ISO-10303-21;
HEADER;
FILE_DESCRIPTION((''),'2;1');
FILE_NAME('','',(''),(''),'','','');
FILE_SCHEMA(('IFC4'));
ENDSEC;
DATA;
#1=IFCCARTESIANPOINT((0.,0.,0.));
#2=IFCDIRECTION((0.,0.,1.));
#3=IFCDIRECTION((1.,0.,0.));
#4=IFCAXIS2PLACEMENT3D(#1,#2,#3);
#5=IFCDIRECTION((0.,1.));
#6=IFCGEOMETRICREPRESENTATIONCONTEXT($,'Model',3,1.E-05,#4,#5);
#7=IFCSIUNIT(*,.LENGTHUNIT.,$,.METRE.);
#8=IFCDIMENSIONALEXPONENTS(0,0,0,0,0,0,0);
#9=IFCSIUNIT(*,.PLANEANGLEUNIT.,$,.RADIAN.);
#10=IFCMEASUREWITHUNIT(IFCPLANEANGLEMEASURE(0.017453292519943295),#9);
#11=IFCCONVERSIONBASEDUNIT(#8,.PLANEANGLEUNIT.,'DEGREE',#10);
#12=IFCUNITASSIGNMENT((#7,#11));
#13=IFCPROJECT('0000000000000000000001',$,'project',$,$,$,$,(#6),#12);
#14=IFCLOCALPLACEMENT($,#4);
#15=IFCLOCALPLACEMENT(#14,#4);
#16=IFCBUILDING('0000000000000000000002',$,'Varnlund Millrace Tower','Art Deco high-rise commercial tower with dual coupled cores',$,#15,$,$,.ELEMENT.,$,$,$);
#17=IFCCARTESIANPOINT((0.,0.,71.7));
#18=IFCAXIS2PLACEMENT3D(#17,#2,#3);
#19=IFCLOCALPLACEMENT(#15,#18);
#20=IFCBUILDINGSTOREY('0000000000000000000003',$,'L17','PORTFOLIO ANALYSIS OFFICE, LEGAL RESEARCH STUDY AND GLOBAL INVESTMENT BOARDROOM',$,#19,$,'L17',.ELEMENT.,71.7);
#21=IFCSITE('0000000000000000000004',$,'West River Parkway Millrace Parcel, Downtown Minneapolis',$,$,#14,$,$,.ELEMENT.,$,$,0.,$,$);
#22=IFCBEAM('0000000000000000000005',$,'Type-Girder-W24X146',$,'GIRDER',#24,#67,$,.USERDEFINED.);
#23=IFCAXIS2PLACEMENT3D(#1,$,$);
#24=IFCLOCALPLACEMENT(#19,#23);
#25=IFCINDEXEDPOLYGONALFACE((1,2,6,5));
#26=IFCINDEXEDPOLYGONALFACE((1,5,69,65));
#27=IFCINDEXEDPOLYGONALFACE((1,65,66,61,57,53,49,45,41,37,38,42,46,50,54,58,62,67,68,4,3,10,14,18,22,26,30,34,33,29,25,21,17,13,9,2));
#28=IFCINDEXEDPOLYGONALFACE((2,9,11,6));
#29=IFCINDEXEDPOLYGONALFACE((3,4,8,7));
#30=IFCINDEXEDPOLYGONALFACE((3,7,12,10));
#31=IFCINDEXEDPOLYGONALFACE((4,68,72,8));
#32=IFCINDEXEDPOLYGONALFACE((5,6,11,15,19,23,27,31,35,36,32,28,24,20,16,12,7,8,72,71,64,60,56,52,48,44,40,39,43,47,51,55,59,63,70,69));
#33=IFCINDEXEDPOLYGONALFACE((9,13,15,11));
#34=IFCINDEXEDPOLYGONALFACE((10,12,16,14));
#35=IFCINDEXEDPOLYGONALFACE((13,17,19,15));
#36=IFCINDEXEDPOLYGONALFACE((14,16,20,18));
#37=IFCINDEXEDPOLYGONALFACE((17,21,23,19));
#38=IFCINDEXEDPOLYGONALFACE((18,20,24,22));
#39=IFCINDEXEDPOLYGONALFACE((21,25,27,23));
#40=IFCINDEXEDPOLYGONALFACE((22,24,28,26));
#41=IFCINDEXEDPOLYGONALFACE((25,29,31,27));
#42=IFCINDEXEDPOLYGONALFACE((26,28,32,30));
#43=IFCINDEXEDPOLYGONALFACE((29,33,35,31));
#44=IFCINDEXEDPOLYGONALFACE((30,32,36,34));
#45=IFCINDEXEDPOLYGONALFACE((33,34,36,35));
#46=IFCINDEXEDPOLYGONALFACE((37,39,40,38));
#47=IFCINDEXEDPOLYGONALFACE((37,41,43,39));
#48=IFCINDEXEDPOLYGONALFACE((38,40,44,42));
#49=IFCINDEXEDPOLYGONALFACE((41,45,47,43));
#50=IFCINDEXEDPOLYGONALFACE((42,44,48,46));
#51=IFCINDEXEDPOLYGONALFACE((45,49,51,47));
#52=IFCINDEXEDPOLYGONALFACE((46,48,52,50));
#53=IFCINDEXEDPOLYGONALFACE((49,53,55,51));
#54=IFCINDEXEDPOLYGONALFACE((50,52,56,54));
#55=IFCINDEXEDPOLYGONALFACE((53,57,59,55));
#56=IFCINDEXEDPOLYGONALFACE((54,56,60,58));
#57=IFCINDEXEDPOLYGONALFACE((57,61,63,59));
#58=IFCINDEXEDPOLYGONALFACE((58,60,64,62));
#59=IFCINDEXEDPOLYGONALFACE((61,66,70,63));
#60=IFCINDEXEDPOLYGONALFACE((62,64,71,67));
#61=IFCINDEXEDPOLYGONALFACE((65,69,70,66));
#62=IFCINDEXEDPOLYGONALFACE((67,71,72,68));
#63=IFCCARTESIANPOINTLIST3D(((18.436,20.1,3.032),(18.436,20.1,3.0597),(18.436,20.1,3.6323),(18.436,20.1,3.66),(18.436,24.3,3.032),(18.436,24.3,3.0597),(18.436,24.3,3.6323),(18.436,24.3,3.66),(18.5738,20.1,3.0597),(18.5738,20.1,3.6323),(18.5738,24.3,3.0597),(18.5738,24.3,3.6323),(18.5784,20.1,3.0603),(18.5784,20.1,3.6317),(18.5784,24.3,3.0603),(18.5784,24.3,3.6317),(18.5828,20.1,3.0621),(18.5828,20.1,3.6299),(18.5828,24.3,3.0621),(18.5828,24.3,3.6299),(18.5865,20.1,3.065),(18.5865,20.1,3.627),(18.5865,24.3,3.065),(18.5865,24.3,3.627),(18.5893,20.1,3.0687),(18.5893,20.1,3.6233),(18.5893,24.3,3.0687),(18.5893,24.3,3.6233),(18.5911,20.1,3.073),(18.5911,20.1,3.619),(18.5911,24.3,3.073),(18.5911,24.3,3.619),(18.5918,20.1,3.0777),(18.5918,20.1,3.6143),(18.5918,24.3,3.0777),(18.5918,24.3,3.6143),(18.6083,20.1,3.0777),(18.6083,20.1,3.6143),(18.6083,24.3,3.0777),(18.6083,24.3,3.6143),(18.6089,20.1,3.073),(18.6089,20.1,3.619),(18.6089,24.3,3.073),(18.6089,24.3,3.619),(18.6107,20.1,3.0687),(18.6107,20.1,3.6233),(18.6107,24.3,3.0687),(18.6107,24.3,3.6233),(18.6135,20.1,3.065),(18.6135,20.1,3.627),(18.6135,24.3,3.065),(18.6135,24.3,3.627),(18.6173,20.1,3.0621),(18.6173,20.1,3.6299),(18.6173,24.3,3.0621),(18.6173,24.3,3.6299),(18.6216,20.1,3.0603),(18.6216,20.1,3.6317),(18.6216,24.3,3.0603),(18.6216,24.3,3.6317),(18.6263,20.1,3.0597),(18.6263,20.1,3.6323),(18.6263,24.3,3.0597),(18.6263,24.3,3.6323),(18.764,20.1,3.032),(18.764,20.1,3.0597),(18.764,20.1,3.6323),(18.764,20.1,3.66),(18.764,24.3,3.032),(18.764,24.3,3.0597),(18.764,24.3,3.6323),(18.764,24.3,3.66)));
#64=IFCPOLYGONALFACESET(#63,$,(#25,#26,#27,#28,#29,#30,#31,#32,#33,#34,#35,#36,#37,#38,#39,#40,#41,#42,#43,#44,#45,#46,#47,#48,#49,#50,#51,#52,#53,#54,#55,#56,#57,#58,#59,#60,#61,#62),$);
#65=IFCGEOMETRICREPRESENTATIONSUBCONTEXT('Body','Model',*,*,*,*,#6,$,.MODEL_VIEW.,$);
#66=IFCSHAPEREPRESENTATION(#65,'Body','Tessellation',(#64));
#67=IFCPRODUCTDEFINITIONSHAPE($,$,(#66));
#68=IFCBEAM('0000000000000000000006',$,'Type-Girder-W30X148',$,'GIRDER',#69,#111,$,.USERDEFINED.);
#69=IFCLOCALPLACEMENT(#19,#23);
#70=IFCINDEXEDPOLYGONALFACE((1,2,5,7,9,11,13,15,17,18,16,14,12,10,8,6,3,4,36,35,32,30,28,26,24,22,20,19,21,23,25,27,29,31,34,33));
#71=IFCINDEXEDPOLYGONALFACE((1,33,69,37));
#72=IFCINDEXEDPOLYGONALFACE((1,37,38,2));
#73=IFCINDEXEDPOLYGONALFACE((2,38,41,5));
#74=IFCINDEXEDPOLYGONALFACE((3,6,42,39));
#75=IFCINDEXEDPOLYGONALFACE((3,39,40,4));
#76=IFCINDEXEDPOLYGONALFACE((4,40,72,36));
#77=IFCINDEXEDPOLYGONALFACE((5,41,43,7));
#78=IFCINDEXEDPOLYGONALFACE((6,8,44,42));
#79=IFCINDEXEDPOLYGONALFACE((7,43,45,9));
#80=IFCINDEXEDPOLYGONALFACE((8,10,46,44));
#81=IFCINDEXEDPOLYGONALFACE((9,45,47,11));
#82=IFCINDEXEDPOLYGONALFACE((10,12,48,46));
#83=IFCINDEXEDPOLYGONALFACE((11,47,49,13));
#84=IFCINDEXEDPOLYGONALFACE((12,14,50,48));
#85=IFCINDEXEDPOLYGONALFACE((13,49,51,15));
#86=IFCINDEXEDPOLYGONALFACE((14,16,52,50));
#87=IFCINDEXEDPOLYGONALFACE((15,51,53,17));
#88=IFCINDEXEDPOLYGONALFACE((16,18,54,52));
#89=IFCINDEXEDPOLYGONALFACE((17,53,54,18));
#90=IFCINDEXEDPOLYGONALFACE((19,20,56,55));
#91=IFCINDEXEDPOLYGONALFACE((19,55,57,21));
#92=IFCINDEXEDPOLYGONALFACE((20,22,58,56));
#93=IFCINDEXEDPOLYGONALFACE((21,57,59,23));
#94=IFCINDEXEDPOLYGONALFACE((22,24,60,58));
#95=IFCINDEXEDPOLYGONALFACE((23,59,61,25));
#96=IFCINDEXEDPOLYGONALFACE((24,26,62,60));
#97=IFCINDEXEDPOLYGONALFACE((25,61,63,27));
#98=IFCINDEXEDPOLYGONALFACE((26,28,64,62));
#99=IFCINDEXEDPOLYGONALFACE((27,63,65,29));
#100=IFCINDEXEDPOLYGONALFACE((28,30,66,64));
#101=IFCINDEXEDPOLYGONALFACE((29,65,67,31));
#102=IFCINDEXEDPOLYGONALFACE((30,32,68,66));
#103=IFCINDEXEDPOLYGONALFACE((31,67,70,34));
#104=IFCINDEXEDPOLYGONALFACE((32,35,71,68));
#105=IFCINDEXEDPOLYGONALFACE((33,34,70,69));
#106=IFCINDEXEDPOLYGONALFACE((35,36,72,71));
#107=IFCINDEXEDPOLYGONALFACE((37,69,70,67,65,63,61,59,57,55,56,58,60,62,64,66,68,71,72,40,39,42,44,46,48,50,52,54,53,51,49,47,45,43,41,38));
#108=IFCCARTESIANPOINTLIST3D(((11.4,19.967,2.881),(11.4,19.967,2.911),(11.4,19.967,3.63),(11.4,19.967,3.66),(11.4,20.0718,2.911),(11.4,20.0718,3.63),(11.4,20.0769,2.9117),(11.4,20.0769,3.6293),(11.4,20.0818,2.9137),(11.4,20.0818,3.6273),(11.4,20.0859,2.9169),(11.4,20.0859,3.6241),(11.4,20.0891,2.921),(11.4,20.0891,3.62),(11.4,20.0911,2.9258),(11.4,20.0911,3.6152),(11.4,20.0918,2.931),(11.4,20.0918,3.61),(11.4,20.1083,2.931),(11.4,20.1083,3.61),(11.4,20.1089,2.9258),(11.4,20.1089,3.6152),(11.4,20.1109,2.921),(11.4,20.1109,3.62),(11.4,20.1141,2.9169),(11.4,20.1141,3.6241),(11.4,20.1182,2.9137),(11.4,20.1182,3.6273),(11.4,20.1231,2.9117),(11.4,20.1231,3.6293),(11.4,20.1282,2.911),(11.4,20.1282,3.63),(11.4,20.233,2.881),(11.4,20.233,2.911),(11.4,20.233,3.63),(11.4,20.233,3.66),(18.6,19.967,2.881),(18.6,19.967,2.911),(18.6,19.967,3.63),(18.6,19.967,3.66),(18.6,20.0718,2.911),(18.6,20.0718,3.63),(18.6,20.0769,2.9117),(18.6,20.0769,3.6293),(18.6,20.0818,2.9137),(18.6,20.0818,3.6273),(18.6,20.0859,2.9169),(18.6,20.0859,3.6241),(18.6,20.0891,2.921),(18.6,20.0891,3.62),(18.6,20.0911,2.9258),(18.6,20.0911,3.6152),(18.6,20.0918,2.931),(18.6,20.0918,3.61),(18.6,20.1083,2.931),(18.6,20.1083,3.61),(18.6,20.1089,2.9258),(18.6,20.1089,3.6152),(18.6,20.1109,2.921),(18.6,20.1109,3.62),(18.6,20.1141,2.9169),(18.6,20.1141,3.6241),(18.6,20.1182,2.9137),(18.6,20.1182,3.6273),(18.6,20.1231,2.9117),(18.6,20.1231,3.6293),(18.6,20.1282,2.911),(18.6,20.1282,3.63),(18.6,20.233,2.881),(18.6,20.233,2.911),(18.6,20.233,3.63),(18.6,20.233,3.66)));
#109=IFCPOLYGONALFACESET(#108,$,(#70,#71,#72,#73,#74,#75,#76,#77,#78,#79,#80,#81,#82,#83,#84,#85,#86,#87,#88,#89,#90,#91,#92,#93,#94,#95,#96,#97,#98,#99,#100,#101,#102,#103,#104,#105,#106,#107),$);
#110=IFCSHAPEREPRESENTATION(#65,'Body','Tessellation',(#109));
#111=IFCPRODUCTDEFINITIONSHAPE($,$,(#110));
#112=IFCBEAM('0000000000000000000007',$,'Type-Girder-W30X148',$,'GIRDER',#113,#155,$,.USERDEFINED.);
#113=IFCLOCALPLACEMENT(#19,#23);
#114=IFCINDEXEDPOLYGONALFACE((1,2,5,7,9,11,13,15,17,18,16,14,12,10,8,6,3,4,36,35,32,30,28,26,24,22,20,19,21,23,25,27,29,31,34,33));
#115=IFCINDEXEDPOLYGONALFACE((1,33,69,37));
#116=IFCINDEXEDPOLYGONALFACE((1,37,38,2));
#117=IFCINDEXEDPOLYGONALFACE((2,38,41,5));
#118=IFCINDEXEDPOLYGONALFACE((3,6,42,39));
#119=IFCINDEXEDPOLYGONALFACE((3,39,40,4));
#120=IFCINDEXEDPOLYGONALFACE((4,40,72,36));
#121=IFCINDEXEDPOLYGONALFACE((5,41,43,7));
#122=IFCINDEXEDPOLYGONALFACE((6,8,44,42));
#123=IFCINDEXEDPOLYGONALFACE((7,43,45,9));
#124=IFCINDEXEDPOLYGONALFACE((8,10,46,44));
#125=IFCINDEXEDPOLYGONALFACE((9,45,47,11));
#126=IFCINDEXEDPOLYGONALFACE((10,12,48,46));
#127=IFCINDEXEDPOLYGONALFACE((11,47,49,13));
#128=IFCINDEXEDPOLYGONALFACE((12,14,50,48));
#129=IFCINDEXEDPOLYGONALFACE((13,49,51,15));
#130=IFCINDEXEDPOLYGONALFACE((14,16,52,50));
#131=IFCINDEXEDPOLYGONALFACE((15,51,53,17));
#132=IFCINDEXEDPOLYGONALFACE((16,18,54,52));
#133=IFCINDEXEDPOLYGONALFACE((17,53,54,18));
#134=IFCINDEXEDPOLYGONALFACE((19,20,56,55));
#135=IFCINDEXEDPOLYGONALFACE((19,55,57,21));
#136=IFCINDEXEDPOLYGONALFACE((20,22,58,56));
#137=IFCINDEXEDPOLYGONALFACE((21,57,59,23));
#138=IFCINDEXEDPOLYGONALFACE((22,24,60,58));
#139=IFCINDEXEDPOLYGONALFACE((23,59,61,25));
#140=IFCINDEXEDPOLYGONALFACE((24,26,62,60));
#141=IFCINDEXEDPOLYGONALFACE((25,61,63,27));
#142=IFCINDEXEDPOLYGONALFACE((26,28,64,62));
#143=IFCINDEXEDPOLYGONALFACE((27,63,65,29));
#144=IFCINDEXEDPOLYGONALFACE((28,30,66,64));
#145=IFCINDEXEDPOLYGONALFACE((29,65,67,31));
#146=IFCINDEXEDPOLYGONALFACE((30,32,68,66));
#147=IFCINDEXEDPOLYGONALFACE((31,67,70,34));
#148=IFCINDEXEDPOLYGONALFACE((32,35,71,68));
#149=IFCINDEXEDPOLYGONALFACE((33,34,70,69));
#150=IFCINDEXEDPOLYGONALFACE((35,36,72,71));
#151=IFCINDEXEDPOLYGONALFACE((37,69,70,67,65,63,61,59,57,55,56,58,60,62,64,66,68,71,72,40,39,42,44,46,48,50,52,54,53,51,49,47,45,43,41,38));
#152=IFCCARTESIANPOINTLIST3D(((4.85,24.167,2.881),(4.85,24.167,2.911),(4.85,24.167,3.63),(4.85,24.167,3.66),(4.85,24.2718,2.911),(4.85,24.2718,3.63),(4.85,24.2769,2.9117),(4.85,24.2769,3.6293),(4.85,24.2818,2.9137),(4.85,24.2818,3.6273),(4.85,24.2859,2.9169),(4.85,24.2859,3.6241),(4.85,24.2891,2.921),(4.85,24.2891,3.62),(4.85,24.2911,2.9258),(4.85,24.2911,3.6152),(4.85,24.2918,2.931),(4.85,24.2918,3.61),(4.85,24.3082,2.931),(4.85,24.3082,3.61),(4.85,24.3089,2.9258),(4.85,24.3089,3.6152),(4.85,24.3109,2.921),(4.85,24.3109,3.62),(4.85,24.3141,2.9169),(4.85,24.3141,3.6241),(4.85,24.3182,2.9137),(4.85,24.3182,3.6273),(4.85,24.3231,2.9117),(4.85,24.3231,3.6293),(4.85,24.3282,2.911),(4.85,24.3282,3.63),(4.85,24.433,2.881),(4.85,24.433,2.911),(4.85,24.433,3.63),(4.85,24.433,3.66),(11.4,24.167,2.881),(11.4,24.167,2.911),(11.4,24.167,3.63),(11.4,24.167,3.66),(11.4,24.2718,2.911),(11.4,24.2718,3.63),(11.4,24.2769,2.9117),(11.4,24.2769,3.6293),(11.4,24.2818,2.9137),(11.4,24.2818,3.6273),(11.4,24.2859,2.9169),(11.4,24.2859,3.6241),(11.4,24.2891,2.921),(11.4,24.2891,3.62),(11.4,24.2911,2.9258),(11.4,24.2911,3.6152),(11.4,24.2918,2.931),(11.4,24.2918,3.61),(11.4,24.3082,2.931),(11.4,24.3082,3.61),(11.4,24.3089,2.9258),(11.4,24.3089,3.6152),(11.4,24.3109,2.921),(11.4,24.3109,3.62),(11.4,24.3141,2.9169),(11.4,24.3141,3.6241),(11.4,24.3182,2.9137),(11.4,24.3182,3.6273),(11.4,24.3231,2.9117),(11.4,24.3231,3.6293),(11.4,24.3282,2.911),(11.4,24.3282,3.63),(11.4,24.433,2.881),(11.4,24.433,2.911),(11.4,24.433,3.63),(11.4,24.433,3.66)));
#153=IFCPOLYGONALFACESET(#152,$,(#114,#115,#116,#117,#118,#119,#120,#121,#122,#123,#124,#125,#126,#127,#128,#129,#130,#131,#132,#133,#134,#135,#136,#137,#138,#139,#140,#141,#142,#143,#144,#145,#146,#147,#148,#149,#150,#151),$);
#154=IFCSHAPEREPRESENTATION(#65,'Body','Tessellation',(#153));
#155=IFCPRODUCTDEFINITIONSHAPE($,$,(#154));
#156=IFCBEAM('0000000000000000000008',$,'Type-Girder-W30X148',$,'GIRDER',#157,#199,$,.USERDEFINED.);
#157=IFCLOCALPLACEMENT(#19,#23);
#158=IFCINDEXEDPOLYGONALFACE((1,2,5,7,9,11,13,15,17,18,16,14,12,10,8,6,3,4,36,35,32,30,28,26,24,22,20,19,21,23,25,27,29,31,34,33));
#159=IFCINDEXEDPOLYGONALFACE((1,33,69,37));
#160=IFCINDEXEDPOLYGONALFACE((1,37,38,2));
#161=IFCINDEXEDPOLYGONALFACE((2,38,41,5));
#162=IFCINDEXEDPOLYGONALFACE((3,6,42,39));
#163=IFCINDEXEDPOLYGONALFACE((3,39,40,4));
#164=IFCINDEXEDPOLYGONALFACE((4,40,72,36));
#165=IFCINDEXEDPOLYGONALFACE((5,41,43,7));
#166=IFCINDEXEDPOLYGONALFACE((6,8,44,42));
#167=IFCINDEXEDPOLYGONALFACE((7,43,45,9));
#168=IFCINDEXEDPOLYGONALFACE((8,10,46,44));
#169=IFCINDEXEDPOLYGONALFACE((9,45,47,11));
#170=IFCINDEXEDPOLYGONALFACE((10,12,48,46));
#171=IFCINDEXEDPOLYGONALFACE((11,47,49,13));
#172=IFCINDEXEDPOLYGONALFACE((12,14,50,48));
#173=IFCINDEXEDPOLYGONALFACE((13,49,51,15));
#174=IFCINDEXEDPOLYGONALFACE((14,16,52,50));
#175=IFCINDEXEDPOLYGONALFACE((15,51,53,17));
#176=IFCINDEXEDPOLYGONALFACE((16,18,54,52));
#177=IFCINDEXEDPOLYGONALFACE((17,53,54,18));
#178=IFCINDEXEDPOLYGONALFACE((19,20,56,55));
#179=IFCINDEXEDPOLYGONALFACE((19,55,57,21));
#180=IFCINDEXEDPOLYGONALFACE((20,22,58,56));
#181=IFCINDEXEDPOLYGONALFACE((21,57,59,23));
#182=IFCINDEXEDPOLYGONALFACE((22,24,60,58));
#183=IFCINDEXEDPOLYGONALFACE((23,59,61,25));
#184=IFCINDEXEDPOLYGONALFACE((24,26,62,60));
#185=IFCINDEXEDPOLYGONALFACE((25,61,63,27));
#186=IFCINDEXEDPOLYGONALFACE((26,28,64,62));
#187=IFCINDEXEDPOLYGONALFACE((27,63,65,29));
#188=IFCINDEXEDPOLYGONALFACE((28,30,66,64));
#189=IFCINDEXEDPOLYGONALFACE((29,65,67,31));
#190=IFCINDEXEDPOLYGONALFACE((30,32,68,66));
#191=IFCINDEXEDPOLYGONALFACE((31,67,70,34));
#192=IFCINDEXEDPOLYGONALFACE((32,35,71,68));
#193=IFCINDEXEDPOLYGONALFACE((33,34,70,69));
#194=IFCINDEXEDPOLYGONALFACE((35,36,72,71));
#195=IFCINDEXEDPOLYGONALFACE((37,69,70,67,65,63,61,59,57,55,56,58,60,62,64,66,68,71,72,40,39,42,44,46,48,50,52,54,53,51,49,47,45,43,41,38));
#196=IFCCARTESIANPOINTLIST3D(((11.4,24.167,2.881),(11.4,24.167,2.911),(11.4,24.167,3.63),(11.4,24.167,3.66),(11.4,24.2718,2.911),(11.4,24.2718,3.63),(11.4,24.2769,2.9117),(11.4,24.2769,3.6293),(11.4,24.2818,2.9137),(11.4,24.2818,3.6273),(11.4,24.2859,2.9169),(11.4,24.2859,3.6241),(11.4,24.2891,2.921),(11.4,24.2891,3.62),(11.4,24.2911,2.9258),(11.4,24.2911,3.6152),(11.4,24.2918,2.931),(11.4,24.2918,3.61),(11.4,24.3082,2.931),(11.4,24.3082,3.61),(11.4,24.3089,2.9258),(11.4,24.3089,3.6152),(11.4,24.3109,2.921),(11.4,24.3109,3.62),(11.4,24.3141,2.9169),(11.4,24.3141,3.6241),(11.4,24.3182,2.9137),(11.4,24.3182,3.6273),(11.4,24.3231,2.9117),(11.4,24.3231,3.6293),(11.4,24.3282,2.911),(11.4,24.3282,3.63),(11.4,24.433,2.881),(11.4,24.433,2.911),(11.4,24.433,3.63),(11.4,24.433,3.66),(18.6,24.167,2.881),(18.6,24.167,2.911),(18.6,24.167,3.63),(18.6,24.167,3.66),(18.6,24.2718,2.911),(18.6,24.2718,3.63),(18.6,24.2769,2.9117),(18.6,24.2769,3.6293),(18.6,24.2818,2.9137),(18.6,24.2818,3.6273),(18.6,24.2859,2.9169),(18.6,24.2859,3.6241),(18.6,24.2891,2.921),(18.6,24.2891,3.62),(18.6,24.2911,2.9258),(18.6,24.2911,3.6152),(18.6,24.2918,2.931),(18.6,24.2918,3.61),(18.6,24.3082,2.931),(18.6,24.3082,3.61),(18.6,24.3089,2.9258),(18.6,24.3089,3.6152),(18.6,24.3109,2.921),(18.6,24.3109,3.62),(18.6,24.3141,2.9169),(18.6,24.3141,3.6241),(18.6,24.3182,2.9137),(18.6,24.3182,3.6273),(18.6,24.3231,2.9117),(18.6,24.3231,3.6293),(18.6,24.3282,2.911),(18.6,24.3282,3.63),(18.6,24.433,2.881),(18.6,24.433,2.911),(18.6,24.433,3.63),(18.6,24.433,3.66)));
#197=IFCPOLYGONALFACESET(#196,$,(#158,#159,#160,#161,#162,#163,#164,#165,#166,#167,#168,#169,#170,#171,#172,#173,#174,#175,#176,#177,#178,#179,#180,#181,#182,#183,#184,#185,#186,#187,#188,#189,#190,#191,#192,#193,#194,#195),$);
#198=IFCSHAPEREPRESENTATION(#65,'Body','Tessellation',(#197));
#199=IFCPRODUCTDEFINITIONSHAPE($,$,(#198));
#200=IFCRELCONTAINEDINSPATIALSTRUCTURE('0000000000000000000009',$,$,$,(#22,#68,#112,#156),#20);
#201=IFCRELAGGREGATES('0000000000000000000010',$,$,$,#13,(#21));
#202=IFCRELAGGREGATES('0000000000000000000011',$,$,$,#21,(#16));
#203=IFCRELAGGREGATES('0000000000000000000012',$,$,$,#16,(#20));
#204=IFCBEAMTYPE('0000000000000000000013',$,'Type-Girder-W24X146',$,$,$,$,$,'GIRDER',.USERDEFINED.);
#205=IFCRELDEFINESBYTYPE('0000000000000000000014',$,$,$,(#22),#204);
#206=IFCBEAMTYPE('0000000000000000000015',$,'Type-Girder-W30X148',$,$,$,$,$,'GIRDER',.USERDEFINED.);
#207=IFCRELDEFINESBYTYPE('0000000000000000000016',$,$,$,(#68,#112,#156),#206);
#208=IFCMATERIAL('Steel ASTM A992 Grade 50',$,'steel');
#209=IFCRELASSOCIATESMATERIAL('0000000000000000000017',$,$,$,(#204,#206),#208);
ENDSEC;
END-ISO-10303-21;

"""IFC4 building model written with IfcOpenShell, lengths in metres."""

from ifc_helpers import new_model, entity, si_unit, converted_unit, direction, frame, origin_with_axes, origin_2d_with_axis, place, context, subcontext, project, spatial, i_section, extrude, material, material_profile, profile_set, type_object, element, save


model = new_model("IFC4")

# Units and contexts
model_context = context("Model", 3, precision=1e-05, world=origin_with_axes(), true_north=direction((0.0, 1.0)))
body_context = subcontext(model_context, "Body", "Model", "MODEL_VIEW")
ifc_project = project(units=[si_unit("LENGTHUNIT", "METRE"), converted_unit("PLANEANGLEUNIT", "DEGREE", entity("IfcPlaneAngleMeasure", 0.017453292519943295), si_unit("PLANEANGLEUNIT", "RADIAN"), dimensions=[0, 0, 0, 0, 0, 0, 0])], contexts=[model_context])

# Site, building, storey
site_placement = place(None, origin_with_axes())
site = spatial("IfcSite", under=ifc_project, at=site_placement, Name="West River Parkway Millrace Parcel, Downtown Minneapolis", CompositionType="ELEMENT", RefElevation=0.0)
building_placement = place(site_placement, origin_with_axes())
building = spatial("IfcBuilding", under=site, at=building_placement, Name="Varnlund Millrace Tower", Description="Art Deco high-rise commercial tower with dual coupled cores", CompositionType="ELEMENT")
storey_placement = place(building_placement, frame((0.0, 0.0, 71.7), z_axis=(0.0, 0.0, 1.0), x_axis=(1.0, 0.0, 0.0)))
storey = spatial("IfcBuildingStorey", under=building, at=storey_placement, Name="L17", Description="PORTFOLIO ANALYSIS OFFICE, LEGAL RESEARCH STUDY AND GLOBAL INVESTMENT BOARDROOM", LongName="L17", CompositionType="ELEMENT", Elevation=71.7)

# Beams
ifc_material_1 = material(Name="Steel ASTM A992 Grade 50", Category="steel")
ifc_material_profile_1 = material_profile(ifc_material_1, i_section(OverallWidth=0.328, OverallDepth=0.628, WebThickness=0.0165, FlangeThickness=0.0277, FilletRadius=0.018, at=origin_2d_with_axis()), Name="Steel ASTM A992 Grade 50")
ifc_profile_set_1 = profile_set([ifc_material_profile_1], Name="Steel ASTM A992 Grade 50")
beam_type_1 = type_object("IfcBeamType", Name="Type-Girder-W24X146", ElementType="GIRDER", PredefinedType="USERDEFINED", material=ifc_profile_set_1)
beam_1_placement = place(storey_placement, frame((18.6, 20.1, 3.346), z_axis=(0.0, 1.0, 0.0), x_axis=(-1.0, 0.0, 0.0)))
element("IfcBeam", 1, at=beam_1_placement, inside=storey, type_object=beam_type_1, Name="Type-Girder-W24X146", ObjectType="GIRDER", PredefinedType="USERDEFINED", context=body_context, shape_type="SweptSolid", body=[
    extrude(i_section(OverallWidth=0.328, OverallDepth=0.628, WebThickness=0.0165, FlangeThickness=0.0277, FilletRadius=0.018, at=origin_2d_with_axis()), origin_with_axes(), (0.0, 0.0, 1.0), 4.2),
])
ifc_material_profile_2 = material_profile(ifc_material_1, i_section(OverallWidth=0.266, OverallDepth=0.779, WebThickness=0.0165, FlangeThickness=0.03, FilletRadius=0.02, at=origin_2d_with_axis()), Name="Steel ASTM A992 Grade 50")
ifc_profile_set_2 = profile_set([ifc_material_profile_2], Name="Steel ASTM A992 Grade 50")
beam_type_2 = type_object("IfcBeamType", Name="Type-Girder-W30X148", ElementType="GIRDER", PredefinedType="USERDEFINED", material=ifc_profile_set_2)
beam_2_placement = place(storey_placement, frame((11.4, 20.1, 3.2705), z_axis=(1.0, 0.0, 0.0), x_axis=(0.0, 1.0, 0.0)))
element("IfcBeam", 2, at=beam_2_placement, inside=storey, type_object=beam_type_2, Name="Type-Girder-W30X148", ObjectType="GIRDER", PredefinedType="USERDEFINED", context=body_context, shape_type="SweptSolid", body=[
    extrude(i_section(OverallWidth=0.266, OverallDepth=0.779, WebThickness=0.0165, FlangeThickness=0.03, FilletRadius=0.02, at=origin_2d_with_axis()), origin_with_axes(), (0.0, 0.0, 1.0), 7.2),
])
beam_3_placement = place(storey_placement, frame((4.85, 24.3, 3.2705), z_axis=(1.0, 0.0, 0.0), x_axis=(0.0, 1.0, 0.0)))
element("IfcBeam", 3, at=beam_3_placement, inside=storey, type_object=beam_type_2, Name="Type-Girder-W30X148", ObjectType="GIRDER", PredefinedType="USERDEFINED", context=body_context, shape_type="SweptSolid", body=[
    extrude(i_section(OverallWidth=0.266, OverallDepth=0.779, WebThickness=0.0165, FlangeThickness=0.03, FilletRadius=0.02, at=origin_2d_with_axis()), origin_with_axes(), (0.0, 0.0, 1.0), 6.55),
])
beam_4_placement = place(storey_placement, frame((11.4, 24.3, 3.2705), z_axis=(1.0, 0.0, 0.0), x_axis=(0.0, 1.0, 0.0)))
element("IfcBeam", 4, at=beam_4_placement, inside=storey, type_object=beam_type_2, Name="Type-Girder-W30X148", ObjectType="GIRDER", PredefinedType="USERDEFINED", context=body_context, shape_type="SweptSolid", body=[
    extrude(i_section(OverallWidth=0.266, OverallDepth=0.779, WebThickness=0.0165, FlangeThickness=0.03, FilletRadius=0.02, at=origin_2d_with_axis()), origin_with_axes(), (0.0, 0.0, 1.0), 7.2),
])

save(model, "model.ifc")
